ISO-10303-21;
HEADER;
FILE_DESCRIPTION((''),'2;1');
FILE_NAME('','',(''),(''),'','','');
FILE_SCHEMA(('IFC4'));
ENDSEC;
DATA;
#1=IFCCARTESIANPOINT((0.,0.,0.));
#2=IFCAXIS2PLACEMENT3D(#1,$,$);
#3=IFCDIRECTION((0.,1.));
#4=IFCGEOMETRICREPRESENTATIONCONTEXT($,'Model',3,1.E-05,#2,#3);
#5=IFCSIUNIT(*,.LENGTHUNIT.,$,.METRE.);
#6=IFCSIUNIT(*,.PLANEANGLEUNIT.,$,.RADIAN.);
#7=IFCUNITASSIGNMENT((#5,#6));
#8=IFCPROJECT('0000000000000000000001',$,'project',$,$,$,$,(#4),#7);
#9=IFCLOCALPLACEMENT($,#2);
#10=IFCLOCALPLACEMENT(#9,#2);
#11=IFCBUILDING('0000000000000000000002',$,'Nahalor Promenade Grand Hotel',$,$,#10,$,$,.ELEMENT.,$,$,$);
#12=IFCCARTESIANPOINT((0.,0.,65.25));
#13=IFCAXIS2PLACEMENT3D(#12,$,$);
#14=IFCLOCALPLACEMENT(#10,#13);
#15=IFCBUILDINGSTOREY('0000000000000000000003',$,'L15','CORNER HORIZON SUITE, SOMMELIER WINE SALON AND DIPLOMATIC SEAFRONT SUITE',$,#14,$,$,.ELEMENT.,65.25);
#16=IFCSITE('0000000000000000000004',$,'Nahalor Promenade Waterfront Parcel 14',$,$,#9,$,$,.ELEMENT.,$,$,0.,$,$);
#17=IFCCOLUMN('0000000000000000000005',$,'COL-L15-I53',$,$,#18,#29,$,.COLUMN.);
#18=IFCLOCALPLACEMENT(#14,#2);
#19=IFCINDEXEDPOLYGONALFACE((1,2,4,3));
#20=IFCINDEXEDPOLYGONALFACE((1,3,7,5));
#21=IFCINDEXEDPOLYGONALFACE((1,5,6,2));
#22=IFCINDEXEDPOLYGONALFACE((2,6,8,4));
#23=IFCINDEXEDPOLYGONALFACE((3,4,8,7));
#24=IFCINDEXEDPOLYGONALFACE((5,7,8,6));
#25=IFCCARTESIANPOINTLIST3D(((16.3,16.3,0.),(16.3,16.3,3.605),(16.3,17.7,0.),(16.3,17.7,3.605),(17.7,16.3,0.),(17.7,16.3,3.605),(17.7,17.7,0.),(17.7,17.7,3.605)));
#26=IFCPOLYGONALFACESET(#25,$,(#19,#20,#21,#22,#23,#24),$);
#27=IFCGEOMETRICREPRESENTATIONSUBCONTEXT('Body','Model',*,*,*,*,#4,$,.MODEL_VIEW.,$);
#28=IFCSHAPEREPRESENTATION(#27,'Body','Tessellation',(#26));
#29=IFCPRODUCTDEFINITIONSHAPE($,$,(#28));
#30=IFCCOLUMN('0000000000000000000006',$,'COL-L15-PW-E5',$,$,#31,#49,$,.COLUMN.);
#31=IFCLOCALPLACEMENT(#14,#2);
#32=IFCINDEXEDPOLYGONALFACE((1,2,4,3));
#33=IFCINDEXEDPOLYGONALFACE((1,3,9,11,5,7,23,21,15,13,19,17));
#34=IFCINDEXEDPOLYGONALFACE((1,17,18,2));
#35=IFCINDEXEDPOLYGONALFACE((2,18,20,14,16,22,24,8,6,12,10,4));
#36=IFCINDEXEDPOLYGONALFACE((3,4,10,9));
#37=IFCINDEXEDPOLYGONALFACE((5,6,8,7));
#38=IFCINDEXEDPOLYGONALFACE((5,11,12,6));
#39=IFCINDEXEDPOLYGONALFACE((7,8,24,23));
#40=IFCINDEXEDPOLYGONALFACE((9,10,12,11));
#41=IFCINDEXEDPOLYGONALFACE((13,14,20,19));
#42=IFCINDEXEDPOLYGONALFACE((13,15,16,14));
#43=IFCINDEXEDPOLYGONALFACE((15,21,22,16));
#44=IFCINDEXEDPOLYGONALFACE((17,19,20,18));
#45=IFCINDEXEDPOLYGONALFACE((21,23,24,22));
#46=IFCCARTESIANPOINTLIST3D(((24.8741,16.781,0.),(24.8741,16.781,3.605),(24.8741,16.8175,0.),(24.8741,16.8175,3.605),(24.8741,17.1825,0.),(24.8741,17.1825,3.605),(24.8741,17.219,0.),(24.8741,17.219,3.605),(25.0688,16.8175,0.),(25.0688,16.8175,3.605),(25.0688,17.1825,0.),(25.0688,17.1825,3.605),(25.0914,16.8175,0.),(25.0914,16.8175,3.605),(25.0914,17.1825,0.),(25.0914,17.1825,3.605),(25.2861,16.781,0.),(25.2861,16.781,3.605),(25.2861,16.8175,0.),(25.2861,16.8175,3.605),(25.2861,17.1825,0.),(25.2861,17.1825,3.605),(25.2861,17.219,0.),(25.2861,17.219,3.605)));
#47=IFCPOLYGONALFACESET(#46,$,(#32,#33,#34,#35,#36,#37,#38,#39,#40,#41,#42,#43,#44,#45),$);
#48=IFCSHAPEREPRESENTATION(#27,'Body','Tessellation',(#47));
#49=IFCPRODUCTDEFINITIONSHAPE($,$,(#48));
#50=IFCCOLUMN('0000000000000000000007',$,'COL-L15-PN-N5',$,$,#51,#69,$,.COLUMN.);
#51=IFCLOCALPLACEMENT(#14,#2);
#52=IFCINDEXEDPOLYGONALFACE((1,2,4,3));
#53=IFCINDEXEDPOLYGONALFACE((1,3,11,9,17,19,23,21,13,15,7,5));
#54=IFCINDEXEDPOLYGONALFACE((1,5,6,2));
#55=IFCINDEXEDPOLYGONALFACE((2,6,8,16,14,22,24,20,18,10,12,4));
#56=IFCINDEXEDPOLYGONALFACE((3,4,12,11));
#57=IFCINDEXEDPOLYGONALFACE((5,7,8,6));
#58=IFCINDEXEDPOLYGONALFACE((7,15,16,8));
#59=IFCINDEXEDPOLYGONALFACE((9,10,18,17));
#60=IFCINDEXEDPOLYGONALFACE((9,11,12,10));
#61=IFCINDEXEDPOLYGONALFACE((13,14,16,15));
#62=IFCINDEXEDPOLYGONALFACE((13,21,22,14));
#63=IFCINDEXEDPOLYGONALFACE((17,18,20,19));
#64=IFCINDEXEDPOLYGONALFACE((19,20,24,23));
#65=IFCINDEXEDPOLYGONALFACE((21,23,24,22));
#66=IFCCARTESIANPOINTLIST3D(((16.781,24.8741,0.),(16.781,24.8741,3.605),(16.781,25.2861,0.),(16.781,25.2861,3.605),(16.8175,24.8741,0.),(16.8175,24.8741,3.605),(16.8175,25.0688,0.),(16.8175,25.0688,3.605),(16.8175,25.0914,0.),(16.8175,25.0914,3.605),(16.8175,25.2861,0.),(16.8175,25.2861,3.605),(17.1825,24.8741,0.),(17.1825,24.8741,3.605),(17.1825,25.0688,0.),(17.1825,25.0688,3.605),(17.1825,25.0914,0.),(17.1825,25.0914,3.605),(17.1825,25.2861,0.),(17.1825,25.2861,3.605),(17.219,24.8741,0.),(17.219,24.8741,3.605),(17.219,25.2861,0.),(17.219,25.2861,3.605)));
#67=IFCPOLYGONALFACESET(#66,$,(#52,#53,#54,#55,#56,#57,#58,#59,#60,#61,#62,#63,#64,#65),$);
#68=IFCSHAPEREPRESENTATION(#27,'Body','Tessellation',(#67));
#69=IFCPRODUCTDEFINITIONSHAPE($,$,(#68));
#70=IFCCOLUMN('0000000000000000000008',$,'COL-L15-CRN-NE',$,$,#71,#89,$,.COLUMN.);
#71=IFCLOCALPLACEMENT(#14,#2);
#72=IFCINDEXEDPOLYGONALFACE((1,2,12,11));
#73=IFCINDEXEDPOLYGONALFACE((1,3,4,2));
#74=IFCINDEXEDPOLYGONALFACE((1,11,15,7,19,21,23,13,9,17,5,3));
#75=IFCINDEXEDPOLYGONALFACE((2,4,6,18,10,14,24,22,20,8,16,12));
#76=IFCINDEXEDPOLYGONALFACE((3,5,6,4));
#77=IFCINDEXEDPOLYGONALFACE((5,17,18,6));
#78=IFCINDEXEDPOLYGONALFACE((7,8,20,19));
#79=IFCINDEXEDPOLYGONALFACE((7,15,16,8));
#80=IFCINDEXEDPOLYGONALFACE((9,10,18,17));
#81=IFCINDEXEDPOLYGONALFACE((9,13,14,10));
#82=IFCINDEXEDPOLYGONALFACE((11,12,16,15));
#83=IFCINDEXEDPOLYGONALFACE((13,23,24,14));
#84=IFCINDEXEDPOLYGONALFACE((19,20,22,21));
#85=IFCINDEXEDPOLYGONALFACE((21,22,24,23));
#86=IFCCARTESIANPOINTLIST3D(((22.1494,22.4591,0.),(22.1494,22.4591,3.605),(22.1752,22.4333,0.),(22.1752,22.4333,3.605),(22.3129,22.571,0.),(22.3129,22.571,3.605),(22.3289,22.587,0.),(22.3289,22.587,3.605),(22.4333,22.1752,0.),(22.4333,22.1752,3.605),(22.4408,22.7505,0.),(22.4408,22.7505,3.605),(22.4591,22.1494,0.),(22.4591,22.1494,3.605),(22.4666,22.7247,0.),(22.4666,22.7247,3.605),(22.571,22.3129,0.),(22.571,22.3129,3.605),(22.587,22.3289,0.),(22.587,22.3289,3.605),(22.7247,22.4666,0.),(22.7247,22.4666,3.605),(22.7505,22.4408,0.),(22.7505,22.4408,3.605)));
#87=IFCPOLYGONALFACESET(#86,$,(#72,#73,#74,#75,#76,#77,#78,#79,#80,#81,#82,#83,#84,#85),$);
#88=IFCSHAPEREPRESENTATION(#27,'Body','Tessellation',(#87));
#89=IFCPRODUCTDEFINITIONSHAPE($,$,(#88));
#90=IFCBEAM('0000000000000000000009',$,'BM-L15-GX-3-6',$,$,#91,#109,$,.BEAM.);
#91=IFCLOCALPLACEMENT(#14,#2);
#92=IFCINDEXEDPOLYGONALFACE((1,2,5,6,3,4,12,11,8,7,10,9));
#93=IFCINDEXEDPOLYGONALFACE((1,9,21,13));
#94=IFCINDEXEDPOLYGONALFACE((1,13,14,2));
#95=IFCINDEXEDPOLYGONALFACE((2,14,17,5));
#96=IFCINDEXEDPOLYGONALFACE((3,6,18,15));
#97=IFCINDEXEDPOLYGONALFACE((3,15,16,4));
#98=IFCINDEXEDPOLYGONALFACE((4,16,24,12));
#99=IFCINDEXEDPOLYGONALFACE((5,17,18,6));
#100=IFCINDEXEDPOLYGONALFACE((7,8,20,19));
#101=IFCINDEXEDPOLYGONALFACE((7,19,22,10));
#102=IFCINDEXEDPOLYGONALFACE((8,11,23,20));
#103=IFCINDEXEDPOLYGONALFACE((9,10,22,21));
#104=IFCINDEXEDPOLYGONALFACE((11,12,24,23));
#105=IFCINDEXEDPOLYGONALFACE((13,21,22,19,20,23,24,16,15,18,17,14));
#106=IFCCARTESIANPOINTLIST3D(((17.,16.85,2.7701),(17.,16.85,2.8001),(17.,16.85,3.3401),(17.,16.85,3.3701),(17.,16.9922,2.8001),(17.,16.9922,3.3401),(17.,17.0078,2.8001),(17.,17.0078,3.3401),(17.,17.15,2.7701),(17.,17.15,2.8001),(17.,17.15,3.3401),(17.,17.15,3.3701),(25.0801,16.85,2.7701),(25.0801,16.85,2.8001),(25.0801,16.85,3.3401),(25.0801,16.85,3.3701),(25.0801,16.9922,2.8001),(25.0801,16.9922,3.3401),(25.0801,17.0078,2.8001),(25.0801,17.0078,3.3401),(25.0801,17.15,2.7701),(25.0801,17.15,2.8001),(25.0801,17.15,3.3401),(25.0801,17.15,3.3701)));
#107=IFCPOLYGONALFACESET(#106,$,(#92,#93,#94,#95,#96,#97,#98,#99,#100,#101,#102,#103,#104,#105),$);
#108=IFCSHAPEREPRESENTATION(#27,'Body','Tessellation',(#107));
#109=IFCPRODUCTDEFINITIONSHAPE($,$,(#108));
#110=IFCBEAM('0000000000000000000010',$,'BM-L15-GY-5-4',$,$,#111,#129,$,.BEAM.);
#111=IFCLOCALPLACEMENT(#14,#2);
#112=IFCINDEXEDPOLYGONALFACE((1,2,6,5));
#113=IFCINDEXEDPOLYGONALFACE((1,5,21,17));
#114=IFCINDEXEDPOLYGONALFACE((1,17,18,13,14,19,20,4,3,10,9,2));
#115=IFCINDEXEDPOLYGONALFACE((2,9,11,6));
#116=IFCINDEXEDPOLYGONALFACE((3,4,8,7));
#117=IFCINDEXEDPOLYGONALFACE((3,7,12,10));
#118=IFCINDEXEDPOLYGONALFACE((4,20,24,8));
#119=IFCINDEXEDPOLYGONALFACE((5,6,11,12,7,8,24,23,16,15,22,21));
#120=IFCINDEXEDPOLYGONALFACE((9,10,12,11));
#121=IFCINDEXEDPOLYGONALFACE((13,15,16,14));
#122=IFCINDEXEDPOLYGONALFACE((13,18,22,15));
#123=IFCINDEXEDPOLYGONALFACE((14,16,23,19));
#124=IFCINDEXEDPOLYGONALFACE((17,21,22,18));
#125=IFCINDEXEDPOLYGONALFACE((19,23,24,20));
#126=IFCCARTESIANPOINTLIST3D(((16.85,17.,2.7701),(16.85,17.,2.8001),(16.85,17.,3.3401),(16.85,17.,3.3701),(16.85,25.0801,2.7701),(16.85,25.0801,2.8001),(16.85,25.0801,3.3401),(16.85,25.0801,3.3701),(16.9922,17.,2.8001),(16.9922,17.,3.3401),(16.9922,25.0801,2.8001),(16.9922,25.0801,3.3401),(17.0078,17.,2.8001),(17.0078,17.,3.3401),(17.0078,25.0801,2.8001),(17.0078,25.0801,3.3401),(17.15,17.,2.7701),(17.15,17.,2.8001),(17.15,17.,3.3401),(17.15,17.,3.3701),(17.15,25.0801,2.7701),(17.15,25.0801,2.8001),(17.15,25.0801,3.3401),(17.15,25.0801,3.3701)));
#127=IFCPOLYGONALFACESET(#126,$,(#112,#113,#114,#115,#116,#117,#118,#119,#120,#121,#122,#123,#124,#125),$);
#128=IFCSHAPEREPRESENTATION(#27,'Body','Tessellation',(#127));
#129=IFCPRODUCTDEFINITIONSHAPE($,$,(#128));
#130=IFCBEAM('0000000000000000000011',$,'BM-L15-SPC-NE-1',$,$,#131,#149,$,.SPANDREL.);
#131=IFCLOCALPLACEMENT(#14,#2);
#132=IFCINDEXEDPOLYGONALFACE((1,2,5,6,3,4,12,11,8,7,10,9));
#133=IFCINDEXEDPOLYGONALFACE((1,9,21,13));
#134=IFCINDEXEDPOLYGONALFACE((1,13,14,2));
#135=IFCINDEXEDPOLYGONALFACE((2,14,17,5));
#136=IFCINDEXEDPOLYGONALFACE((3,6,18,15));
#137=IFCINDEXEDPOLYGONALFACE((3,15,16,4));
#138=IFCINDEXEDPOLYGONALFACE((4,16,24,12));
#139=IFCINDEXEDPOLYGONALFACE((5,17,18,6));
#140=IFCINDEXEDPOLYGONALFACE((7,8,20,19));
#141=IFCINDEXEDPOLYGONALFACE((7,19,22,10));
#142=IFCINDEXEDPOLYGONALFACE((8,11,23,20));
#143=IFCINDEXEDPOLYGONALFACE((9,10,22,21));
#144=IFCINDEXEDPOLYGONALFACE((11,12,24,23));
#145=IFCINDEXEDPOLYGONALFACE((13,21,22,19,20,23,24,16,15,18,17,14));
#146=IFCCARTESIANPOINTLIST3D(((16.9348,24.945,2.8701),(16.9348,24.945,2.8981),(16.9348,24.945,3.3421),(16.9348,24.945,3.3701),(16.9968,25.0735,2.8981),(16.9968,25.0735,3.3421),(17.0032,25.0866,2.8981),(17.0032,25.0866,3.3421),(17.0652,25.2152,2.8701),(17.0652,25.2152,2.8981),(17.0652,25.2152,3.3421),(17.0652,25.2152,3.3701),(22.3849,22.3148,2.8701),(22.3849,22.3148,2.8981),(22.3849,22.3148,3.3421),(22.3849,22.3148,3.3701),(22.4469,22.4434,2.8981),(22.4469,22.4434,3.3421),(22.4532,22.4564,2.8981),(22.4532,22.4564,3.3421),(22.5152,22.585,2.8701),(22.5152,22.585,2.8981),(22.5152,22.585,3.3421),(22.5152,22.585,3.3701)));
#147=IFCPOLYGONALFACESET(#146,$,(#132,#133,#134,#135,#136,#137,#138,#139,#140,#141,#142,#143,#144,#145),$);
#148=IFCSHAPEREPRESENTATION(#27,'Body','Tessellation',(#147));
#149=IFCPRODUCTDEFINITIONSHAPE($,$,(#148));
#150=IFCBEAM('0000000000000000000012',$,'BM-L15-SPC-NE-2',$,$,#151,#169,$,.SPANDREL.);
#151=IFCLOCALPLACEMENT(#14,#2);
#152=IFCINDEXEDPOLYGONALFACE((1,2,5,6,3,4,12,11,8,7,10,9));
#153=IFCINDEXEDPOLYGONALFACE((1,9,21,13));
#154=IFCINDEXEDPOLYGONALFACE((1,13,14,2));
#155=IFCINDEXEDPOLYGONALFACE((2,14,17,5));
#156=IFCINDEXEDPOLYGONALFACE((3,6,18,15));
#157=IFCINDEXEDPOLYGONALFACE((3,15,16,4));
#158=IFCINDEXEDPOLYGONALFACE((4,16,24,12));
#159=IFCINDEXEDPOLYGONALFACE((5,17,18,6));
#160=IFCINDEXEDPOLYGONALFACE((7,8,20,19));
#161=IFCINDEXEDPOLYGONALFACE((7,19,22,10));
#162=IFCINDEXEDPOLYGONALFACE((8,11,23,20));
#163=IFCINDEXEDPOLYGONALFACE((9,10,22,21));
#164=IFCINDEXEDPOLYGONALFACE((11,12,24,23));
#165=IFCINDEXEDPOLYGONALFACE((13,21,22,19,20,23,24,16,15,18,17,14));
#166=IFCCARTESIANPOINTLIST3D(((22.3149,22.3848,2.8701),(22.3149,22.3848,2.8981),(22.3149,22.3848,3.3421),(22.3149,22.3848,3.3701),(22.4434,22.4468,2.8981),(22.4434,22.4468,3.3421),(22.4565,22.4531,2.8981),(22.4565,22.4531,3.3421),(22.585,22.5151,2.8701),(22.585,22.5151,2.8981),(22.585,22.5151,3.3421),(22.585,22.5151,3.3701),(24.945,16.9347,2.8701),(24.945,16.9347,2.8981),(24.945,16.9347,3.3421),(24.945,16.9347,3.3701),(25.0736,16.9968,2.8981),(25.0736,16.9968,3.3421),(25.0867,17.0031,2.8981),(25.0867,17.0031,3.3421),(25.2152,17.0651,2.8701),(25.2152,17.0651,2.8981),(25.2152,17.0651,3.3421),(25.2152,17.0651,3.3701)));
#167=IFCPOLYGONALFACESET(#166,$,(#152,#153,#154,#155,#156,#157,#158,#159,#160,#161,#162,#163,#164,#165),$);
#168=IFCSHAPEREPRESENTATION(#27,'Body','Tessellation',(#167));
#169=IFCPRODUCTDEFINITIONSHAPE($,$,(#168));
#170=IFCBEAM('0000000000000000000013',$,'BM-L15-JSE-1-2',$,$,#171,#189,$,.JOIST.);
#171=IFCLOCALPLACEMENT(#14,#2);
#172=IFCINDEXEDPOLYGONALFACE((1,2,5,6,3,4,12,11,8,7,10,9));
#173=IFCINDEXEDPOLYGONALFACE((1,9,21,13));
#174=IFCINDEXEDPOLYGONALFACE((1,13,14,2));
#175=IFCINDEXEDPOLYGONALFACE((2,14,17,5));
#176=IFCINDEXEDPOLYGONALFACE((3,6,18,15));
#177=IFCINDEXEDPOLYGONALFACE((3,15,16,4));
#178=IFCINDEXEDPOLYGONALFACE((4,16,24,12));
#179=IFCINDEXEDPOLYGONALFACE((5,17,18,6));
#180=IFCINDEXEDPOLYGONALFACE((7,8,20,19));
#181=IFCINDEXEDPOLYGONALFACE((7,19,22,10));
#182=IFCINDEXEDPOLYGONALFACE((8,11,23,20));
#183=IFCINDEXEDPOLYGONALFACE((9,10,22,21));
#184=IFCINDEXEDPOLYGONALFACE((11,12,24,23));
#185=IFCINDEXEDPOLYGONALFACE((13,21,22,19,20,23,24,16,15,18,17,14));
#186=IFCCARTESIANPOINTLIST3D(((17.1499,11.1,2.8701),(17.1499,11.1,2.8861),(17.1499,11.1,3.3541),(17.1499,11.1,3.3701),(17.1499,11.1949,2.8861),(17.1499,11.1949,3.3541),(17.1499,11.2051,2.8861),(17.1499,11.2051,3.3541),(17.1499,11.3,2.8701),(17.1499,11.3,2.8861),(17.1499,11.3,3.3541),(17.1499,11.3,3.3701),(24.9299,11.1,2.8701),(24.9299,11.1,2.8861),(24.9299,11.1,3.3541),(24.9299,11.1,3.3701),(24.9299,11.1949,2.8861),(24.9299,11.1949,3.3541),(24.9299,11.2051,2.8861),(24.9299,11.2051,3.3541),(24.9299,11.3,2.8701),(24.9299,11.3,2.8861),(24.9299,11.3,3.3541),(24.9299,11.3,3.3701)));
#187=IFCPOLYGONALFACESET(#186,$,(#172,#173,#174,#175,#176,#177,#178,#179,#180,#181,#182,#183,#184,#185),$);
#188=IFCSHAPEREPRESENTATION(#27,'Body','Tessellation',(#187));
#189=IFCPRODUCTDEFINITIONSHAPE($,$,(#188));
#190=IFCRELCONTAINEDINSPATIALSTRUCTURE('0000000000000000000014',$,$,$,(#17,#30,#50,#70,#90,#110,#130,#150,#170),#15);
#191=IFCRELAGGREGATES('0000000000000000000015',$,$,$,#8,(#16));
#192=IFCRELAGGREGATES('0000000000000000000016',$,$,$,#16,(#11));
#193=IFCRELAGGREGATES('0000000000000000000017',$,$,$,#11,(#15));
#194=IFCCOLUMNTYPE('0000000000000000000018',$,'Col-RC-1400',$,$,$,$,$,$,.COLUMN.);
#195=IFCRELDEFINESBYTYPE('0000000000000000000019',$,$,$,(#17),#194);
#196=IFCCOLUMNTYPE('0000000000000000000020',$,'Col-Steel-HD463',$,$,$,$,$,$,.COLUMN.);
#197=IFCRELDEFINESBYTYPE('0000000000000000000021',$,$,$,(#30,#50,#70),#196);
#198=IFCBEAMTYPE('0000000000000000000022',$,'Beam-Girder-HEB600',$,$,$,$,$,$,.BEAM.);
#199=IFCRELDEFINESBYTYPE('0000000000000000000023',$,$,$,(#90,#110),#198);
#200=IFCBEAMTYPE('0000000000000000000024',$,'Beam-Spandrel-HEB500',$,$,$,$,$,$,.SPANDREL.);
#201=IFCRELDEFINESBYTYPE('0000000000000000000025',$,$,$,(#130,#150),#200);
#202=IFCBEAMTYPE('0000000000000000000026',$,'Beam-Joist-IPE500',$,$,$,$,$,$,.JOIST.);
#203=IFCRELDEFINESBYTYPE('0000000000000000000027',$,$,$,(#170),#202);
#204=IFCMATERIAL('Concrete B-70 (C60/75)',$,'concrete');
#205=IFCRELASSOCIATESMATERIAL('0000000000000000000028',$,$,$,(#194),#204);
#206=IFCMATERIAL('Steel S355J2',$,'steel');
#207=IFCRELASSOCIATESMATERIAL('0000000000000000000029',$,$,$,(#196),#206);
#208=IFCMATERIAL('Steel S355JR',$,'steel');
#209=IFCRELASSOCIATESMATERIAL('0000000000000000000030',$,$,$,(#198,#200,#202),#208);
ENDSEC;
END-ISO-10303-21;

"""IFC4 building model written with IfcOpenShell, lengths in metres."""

from ifc_helpers import new_model, si_unit, direction, frame, origin, origin_2d, place, context, subcontext, project, spatial, rectangle, i_section, extrude, source, transform, mapped, material, material_profile, profile_set, type_object, element, save


model = new_model("IFC4")

# Units and contexts
model_context = context("Model", 3, precision=1e-05, world=origin(), true_north=direction((0.0, 1.0)))
body_context = subcontext(model_context, "Body", "Model", "MODEL_VIEW")
ifc_project = project(units=[si_unit("LENGTHUNIT", "METRE"), si_unit("PLANEANGLEUNIT", "RADIAN")], contexts=[model_context])

# Site, building, storey
site_placement = place(None, origin())
site = spatial("IfcSite", under=ifc_project, at=site_placement, Name="Nahalor Promenade Waterfront Parcel 14", CompositionType="ELEMENT", RefElevation=0.0)
building_placement = place(site_placement, origin())
building = spatial("IfcBuilding", under=site, at=building_placement, Name="Nahalor Promenade Grand Hotel", CompositionType="ELEMENT")
storey_placement = place(building_placement, frame((0.0, 0.0, 65.25)))
storey = spatial("IfcBuildingStorey", under=building, at=storey_placement, Name="L15", Description="CORNER HORIZON SUITE, SOMMELIER WINE SALON AND DIPLOMATIC SEAFRONT SUITE", CompositionType="ELEMENT", Elevation=65.25)

# Columns
ifc_material_1 = material(Name="Concrete B-70 (C60/75)", Category="concrete")
ifc_material_profile_1 = material_profile(ifc_material_1, rectangle(XDim=1.4, YDim=1.4, at=origin_2d()), Name="RC 1400x1400")
ifc_profile_set_1 = profile_set([ifc_material_profile_1], Name="Concrete B-70 (C60/75)")
column_type_1 = type_object("IfcColumnType", Name="Col-RC-1400", PredefinedType="COLUMN", material=ifc_profile_set_1)
shared_shape_1 = source(origin(), body_context, "Body", "SweptSolid", [
    extrude(rectangle(XDim=1.4, YDim=1.4, at=origin_2d()), origin(), (0.0, 0.0, 1.0), 3.605),
])
column_placement = place(storey_placement, frame((17.0, 17.0, 0.0), z_axis=(0.0, 0.0, 1.0), x_axis=(1.0, 0.0, 0.0)))
element("IfcColumn", 1, at=column_placement, inside=storey, type_object=column_type_1, Name="COL-L15-I53", PredefinedType="COLUMN", context=body_context, shape_type="MappedRepresentation", body=[
    mapped(shared_shape_1, transform((0.0, 0.0, 0.0), scale=1.0)),
])
ifc_material_2 = material(Name="Steel S355J2", Category="steel")
ifc_material_profile_2 = material_profile(ifc_material_2, i_section(OverallWidth=0.412, OverallDepth=0.438, WebThickness=0.0226, FlangeThickness=0.0365, at=origin_2d()), Name="HD 400x463")
ifc_profile_set_2 = profile_set([ifc_material_profile_2], Name="Steel S355J2")
column_type_2 = type_object("IfcColumnType", Name="Col-Steel-HD463", PredefinedType="COLUMN", material=ifc_profile_set_2)
shared_shape_2 = source(origin(), body_context, "Body", "SweptSolid", [
    extrude(i_section(OverallWidth=0.412, OverallDepth=0.438, WebThickness=0.0226, FlangeThickness=0.0365, at=origin_2d()), origin(), (0.0, 0.0, 1.0), 3.605),
])
for number, where, z_axis, x_axis, name in (
    (2, (25.0801, 17.0, 0.0), (0.0, 0.0, 1.0), (1.0, 0.0, 0.0), "COL-L15-PW-E5"),
    (3, (17.0, 25.0801, 0.0), (0.0, 0.0, 1.0), (0.0, 1.0, 0.0), "COL-L15-PN-N5"),
    (4, (22.45, 22.45, 0.0), (0.0, 0.0, 1.0), (0.707107, 0.707107, 0.0), "COL-L15-CRN-NE"),
):
    element("IfcColumn", number, at=place(storey_placement, frame(where, z_axis=z_axis, x_axis=x_axis)), inside=storey, type_object=column_type_2, Name=name, PredefinedType="COLUMN", context=body_context, shape_type="MappedRepresentation", body=[
        mapped(shared_shape_2, transform((0.0, 0.0, 0.0), scale=1.0)),
    ])

# Beams
ifc_material_3 = material(Name="Steel S355JR", Category="steel")
ifc_material_profile_3 = material_profile(ifc_material_3, i_section(OverallWidth=0.3, OverallDepth=0.6, WebThickness=0.0155, FlangeThickness=0.03, at=origin_2d()), Name="HEB 600")
ifc_profile_set_3 = profile_set([ifc_material_profile_3], Name="Steel S355JR")
beam_type_1 = type_object("IfcBeamType", Name="Beam-Girder-HEB600", PredefinedType="BEAM", material=ifc_profile_set_3)
shared_shape_3 = source(origin(), body_context, "Body", "SweptSolid", [
    extrude(i_section(OverallWidth=0.3, OverallDepth=0.6, WebThickness=0.0155, FlangeThickness=0.03, at=origin_2d()), origin(), (0.0, 0.0, 1.0), 8.0801),
])
for number, where, z_axis, x_axis, name in (
    (5, (17.0, 17.0, 3.0701), (1.0, 0.0, 0.0), (0.0, 1.0, 0.0), "BM-L15-GX-3-6"),
    (6, (17.0, 17.0, 3.0701), (0.0, 1.0, 0.0), (-1.0, 0.0, 0.0), "BM-L15-GY-5-4"),
):
    element("IfcBeam", number, at=place(storey_placement, frame(where, z_axis=z_axis, x_axis=x_axis)), inside=storey, type_object=beam_type_1, Name=name, PredefinedType="BEAM", context=body_context, shape_type="MappedRepresentation", body=[
        mapped(shared_shape_3, transform((0.0, 0.0, 0.0), scale=1.0)),
    ])
ifc_material_profile_4 = material_profile(ifc_material_3, i_section(OverallWidth=0.3, OverallDepth=0.5, WebThickness=0.0145, FlangeThickness=0.028, at=origin_2d()), Name="HEB 500")
ifc_profile_set_4 = profile_set([ifc_material_profile_4], Name="Steel S355JR")
beam_type_2 = type_object("IfcBeamType", Name="Beam-Spandrel-HEB500", PredefinedType="SPANDREL", material=ifc_profile_set_4)
shared_shape_4 = source(origin(), body_context, "Body", "SweptSolid", [
    extrude(i_section(OverallWidth=0.3, OverallDepth=0.5, WebThickness=0.0145, FlangeThickness=0.028, at=origin_2d()), origin(), (0.0, 0.0, 1.0), 6.0515),
])
for number, where, z_axis, x_axis, name in (
    (7, (17.0, 25.0801, 3.1201), (0.900609, -0.434631, 0.0), (0.434631, 0.900609, 0.0), "BM-L15-SPC-NE-1"),
    (8, (22.45, 22.45, 3.1201), (0.434631, -0.900609, 0.0), (0.900609, 0.434631, 0.0), "BM-L15-SPC-NE-2"),
):
    element("IfcBeam", number, at=place(storey_placement, frame(where, z_axis=z_axis, x_axis=x_axis)), inside=storey, type_object=beam_type_2, Name=name, PredefinedType="SPANDREL", context=body_context, shape_type="MappedRepresentation", body=[
        mapped(shared_shape_4, transform((0.0, 0.0, 0.0), scale=1.0)),
    ])
ifc_material_profile_5 = material_profile(ifc_material_3, i_section(OverallWidth=0.2, OverallDepth=0.5, WebThickness=0.0102, FlangeThickness=0.016, at=origin_2d()), Name="IPE 500")
ifc_profile_set_5 = profile_set([ifc_material_profile_5], Name="Steel S355JR")
beam_type_3 = type_object("IfcBeamType", Name="Beam-Joist-IPE500", PredefinedType="JOIST", material=ifc_profile_set_5)
shared_shape_5 = source(origin(), body_context, "Body", "SweptSolid", [
    extrude(i_section(OverallWidth=0.2, OverallDepth=0.5, WebThickness=0.0102, FlangeThickness=0.016, at=origin_2d()), origin(), (0.0, 0.0, 1.0), 7.78),
])
beam_placement = place(storey_placement, frame((17.1499, 11.2, 3.1201), z_axis=(1.0, 0.0, 0.0), x_axis=(0.0, 1.0, 0.0)))
element("IfcBeam", 9, at=beam_placement, inside=storey, type_object=beam_type_3, Name="BM-L15-JSE-1-2", PredefinedType="JOIST", context=body_context, shape_type="MappedRepresentation", body=[
    mapped(shared_shape_5, transform((0.0, 0.0, 0.0), scale=1.0)),
])

save(model, "model.ifc")
